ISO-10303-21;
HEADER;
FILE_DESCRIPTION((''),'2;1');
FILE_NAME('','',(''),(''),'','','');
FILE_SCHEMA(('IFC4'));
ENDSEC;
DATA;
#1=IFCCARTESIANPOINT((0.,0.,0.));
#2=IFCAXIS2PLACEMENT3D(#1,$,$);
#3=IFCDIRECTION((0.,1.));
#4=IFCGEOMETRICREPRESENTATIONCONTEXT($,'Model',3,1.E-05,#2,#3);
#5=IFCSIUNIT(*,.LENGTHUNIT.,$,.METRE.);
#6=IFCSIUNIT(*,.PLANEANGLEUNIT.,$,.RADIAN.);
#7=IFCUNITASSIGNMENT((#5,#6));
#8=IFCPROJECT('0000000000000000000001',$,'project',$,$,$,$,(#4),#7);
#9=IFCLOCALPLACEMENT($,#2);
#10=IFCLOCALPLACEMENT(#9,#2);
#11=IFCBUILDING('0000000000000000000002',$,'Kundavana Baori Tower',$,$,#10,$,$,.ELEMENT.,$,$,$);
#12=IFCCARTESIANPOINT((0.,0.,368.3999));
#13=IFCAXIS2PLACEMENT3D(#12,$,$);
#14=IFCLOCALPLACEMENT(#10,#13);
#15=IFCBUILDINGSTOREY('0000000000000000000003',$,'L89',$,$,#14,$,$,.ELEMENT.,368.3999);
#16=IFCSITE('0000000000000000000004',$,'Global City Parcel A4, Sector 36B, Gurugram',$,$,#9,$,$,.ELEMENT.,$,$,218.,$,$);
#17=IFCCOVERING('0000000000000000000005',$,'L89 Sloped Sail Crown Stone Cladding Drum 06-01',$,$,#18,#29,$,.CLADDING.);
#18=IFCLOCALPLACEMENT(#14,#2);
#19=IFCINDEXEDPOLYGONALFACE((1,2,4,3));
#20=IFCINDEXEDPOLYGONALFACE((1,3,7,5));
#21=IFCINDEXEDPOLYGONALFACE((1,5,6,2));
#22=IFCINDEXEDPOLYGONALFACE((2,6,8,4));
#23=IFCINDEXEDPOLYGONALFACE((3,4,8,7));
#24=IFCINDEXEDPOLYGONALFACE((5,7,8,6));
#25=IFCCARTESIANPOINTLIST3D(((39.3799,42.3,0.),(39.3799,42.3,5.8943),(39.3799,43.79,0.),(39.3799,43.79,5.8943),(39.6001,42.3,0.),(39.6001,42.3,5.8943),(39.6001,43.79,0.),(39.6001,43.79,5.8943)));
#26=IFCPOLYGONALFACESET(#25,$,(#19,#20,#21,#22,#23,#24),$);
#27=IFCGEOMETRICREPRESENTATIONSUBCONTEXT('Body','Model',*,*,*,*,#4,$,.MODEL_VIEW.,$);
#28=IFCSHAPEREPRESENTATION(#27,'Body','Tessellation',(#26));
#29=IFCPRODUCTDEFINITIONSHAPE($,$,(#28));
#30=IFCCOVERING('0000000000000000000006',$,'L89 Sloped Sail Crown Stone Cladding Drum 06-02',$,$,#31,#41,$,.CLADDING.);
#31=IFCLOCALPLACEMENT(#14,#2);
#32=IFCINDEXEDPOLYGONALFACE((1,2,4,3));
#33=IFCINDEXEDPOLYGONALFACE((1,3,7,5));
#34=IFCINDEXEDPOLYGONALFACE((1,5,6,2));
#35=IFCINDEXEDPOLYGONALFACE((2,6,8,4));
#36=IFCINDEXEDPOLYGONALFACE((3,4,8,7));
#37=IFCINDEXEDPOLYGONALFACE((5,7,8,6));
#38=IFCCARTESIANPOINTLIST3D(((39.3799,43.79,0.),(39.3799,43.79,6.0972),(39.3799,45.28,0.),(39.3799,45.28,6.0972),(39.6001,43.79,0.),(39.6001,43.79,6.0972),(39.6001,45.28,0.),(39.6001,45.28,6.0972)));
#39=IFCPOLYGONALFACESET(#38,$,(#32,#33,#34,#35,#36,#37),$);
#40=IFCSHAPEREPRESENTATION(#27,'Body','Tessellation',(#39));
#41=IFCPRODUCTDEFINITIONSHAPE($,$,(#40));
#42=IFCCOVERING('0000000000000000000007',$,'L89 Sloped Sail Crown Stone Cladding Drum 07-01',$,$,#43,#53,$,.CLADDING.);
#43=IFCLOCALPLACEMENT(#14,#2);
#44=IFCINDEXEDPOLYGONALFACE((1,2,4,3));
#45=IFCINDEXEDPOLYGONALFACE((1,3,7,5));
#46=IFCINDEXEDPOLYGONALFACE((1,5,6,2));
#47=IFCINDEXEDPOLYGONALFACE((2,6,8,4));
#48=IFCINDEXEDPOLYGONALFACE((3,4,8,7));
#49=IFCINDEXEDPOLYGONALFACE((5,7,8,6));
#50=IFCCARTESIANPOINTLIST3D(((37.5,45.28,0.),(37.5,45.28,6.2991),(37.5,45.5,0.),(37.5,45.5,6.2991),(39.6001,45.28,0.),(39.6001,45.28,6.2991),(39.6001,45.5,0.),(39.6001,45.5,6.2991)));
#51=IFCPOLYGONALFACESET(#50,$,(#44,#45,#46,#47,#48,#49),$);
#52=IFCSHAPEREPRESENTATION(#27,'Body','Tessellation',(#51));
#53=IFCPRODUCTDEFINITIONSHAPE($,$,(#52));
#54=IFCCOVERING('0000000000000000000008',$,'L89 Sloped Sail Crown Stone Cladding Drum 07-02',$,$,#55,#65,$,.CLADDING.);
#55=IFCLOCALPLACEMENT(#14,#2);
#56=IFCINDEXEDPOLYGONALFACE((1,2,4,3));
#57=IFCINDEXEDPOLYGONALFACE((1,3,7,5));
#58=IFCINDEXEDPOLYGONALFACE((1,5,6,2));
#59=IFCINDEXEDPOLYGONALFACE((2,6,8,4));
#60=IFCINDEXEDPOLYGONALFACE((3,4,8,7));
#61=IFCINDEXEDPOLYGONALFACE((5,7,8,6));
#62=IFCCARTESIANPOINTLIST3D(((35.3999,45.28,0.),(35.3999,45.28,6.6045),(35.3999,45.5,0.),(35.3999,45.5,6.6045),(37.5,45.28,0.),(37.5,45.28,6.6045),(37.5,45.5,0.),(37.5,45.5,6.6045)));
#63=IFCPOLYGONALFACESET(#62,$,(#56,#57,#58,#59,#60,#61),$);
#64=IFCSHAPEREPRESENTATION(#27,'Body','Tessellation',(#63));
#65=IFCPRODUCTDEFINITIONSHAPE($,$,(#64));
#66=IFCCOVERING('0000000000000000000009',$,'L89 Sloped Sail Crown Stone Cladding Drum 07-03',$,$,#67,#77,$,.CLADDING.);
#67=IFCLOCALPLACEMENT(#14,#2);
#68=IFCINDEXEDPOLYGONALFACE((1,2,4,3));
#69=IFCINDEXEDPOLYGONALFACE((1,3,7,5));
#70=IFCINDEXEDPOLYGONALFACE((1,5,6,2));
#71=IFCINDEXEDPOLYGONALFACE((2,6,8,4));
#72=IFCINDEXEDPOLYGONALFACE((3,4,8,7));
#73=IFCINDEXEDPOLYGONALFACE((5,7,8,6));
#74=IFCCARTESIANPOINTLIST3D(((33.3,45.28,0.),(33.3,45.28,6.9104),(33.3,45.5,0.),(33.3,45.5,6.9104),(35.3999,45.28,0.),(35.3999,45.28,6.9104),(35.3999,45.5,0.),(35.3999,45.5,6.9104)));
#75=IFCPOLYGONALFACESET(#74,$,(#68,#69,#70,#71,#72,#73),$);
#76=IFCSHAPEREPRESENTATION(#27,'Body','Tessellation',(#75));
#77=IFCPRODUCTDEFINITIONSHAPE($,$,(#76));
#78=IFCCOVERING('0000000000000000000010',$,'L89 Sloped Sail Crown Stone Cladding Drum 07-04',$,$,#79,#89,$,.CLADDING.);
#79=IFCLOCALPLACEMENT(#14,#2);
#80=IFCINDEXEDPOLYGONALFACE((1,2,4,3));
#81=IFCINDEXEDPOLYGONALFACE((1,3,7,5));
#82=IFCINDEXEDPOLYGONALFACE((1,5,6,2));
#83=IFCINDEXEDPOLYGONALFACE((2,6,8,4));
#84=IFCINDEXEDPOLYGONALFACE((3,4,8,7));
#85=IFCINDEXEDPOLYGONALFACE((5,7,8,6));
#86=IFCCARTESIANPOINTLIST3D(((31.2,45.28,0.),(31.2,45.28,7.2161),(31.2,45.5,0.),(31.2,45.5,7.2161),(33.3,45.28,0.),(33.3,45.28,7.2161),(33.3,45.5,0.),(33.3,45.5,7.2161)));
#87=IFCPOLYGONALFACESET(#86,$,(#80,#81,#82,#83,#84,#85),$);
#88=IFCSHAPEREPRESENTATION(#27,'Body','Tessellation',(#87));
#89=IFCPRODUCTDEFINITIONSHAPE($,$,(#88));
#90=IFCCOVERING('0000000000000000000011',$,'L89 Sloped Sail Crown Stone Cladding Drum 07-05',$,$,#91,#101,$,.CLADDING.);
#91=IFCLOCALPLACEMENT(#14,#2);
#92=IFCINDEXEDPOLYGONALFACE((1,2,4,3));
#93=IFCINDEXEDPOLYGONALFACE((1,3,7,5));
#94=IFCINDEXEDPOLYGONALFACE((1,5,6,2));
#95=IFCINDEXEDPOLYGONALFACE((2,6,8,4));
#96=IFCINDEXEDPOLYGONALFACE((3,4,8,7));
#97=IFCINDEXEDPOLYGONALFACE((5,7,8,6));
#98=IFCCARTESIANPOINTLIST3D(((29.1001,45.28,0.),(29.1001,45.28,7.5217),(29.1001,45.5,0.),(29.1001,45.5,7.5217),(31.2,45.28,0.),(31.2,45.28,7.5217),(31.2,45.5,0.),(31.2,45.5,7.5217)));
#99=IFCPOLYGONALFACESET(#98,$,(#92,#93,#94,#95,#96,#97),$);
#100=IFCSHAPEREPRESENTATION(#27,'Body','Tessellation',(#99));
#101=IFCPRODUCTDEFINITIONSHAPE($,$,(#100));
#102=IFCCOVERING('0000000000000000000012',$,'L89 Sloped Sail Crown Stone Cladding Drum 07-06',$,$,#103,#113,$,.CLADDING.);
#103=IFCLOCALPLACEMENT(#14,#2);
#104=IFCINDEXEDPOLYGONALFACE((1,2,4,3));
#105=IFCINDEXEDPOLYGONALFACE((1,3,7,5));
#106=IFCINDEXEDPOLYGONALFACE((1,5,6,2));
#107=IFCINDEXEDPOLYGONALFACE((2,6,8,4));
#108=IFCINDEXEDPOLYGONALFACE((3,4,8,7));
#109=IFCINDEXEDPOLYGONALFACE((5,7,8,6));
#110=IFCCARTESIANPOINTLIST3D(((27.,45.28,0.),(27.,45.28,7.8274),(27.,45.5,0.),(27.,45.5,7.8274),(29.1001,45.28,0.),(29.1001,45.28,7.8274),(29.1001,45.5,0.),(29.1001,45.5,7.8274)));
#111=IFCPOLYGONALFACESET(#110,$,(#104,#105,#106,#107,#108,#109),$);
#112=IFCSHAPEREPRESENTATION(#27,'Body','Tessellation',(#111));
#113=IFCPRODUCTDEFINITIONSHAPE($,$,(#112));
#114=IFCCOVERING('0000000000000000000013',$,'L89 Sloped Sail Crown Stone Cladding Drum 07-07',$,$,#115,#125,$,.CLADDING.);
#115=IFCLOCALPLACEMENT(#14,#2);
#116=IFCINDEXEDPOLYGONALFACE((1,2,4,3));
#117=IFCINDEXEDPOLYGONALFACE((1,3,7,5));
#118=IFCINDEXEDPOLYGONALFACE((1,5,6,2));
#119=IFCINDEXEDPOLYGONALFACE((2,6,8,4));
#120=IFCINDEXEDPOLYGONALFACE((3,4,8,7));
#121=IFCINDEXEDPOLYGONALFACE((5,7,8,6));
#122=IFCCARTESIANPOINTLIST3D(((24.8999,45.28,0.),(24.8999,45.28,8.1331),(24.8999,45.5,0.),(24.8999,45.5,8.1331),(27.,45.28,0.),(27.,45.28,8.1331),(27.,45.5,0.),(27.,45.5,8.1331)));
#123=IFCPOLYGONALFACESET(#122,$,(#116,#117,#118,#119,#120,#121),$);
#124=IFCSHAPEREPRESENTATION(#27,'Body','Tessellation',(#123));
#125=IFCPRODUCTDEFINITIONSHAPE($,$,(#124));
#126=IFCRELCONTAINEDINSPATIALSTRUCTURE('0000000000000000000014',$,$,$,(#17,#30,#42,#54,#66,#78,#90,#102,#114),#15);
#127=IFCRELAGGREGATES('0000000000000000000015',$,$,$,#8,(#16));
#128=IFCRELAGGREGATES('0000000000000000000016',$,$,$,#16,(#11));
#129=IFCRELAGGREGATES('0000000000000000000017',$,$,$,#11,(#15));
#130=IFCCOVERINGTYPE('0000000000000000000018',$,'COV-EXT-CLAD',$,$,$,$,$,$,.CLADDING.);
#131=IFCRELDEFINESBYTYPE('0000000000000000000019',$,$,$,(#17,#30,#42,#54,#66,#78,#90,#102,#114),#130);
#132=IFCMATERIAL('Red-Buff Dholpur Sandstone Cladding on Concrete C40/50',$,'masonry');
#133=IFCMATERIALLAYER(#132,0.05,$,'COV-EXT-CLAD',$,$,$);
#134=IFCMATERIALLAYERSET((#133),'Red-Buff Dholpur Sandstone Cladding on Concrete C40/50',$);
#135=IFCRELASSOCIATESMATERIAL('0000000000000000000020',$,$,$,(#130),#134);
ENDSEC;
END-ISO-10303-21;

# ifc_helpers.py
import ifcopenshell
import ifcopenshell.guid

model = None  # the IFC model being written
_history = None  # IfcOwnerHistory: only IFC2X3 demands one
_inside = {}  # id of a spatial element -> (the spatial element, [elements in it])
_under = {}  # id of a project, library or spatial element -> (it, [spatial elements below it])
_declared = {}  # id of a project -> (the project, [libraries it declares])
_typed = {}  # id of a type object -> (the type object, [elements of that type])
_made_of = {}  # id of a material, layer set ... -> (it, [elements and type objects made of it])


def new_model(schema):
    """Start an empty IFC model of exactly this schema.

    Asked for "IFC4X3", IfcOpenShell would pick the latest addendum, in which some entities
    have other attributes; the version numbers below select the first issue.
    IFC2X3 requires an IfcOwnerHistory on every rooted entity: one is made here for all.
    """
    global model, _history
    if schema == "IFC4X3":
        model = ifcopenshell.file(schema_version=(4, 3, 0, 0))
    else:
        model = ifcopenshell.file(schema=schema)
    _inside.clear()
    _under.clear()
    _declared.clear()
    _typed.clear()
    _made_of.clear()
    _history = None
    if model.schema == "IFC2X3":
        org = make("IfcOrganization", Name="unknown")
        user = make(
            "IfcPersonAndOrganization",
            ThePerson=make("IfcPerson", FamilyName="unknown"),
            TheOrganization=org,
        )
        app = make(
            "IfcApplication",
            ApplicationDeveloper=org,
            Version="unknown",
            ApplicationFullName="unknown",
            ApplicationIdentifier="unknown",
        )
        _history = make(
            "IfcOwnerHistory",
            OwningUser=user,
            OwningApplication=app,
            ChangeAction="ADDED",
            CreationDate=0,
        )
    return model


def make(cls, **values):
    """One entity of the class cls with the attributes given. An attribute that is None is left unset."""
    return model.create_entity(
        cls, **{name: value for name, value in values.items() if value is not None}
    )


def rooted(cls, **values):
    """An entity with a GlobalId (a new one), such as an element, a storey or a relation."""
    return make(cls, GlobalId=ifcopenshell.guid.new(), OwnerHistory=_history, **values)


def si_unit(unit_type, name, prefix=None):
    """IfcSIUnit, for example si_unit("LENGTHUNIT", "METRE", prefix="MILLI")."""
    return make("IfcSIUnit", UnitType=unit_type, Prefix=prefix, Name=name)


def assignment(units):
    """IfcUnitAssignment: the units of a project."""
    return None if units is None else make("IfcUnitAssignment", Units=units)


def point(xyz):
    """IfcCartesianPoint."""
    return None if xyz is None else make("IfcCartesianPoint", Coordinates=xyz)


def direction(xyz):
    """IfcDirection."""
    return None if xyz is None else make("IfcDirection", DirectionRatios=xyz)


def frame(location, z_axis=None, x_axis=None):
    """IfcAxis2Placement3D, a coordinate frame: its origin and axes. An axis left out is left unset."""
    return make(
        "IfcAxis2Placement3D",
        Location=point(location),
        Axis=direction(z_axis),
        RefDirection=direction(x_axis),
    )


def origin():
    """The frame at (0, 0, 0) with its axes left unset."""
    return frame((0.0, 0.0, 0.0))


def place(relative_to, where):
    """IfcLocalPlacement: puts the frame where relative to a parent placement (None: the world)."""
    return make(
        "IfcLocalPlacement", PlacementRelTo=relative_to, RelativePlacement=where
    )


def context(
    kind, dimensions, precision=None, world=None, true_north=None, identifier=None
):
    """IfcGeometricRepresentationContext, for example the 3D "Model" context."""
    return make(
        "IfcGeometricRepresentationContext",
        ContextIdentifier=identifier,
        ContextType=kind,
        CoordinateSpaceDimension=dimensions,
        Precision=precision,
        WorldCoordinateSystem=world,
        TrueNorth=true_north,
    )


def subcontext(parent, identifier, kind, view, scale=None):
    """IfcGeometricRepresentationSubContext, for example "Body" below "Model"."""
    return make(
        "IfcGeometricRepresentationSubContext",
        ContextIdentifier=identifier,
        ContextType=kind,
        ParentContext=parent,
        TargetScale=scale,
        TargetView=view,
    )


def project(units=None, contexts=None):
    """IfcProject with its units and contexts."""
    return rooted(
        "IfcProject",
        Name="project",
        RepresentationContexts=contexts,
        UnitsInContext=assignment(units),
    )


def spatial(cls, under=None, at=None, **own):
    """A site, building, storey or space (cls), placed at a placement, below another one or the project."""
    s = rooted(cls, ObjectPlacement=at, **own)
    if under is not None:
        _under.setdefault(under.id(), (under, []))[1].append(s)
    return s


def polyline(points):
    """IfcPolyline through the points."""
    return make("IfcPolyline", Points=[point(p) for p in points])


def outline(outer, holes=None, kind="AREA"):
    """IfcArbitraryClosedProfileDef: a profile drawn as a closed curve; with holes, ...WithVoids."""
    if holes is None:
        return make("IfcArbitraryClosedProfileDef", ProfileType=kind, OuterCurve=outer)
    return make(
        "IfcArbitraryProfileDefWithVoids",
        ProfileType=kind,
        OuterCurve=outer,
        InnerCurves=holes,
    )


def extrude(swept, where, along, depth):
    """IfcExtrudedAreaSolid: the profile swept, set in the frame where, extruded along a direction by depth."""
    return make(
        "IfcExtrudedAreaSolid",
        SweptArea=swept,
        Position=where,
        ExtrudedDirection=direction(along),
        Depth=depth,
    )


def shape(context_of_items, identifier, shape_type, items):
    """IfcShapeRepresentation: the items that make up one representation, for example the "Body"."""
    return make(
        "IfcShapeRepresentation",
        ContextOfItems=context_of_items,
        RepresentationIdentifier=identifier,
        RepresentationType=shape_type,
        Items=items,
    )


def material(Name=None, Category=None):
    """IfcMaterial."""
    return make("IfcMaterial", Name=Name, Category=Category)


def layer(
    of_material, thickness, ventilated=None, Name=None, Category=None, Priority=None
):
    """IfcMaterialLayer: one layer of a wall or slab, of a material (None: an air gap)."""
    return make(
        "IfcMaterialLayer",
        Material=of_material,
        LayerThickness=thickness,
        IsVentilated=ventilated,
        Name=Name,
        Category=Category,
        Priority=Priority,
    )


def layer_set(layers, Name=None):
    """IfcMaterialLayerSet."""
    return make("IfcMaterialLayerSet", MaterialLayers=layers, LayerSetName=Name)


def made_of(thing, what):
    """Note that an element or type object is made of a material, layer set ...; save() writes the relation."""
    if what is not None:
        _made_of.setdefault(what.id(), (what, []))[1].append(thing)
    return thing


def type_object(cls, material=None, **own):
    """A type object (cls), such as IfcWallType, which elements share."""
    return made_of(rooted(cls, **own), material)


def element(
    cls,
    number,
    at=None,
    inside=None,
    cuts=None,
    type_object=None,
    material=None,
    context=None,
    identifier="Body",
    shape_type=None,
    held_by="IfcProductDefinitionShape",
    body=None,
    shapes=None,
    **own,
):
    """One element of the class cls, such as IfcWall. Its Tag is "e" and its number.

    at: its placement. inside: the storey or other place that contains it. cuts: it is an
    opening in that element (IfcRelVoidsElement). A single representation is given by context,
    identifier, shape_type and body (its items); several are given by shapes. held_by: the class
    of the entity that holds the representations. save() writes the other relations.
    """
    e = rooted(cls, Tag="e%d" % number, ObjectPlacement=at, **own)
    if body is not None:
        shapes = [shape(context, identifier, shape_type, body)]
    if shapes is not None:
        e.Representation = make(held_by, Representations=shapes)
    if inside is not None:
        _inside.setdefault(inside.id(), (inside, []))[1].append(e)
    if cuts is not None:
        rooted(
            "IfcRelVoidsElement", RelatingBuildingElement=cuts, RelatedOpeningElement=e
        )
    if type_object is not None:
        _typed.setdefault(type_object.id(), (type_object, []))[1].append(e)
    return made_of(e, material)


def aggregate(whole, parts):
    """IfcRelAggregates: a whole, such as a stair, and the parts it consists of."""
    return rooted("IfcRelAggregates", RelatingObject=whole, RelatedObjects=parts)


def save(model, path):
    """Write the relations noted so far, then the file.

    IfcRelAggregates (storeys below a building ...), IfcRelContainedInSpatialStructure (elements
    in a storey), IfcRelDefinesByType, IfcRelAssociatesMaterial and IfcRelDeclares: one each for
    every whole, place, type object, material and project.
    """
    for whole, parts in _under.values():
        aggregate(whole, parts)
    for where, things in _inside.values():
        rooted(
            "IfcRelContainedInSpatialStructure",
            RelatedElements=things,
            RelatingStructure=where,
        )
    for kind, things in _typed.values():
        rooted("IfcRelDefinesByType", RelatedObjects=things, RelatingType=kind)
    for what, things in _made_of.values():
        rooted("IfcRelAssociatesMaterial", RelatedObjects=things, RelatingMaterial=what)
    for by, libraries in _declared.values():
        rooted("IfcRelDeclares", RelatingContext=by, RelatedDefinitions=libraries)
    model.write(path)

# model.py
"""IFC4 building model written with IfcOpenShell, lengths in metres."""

from ifc_helpers import new_model, si_unit, direction, frame, origin, place, context, subcontext, project, spatial, polyline, outline, extrude, material, layer, layer_set, type_object, element, save


model = new_model("IFC4")

# Units and contexts
model_context = context("Model", 3, precision=1e-05, world=origin(), true_north=direction((0.0, 1.0)))
body_context = subcontext(model_context, "Body", "Model", "MODEL_VIEW")
ifc_project = project(units=[si_unit("LENGTHUNIT", "METRE"), si_unit("PLANEANGLEUNIT", "RADIAN")], contexts=[model_context])

# Site, building, storey
site_placement = place(None, origin())
site = spatial("IfcSite", under=ifc_project, at=site_placement, Name="Global City Parcel A4, Sector 36B, Gurugram", CompositionType="ELEMENT", RefElevation=218.0)
building_placement = place(site_placement, origin())
building = spatial("IfcBuilding", under=site, at=building_placement, Name="Kundavana Baori Tower", CompositionType="ELEMENT")
storey_placement = place(building_placement, frame((0.0, 0.0, 368.3999)))
storey = spatial("IfcBuildingStorey", under=building, at=storey_placement, Name="L89", CompositionType="ELEMENT", Elevation=368.3999)

# Coverings
ifc_material = material(Name="Red-Buff Dholpur Sandstone Cladding on Concrete C40/50", Category="masonry")
ifc_layer = layer(ifc_material, 0.05, Name="COV-EXT-CLAD")
ifc_layer_set = layer_set([ifc_layer], Name="Red-Buff Dholpur Sandstone Cladding on Concrete C40/50")
covering_type = type_object("IfcCoveringType", Name="COV-EXT-CLAD", PredefinedType="CLADDING", material=ifc_layer_set)
covering_1_placement = place(storey_placement, origin())
element("IfcCovering", 1, at=covering_1_placement, inside=storey, type_object=covering_type, Name="L89 Sloped Sail Crown Stone Cladding Drum 06-01", PredefinedType="CLADDING", context=body_context, shape_type="SweptSolid", body=[
    extrude(outline(polyline([(39.3799, 42.3), (39.6001, 42.3), (39.6001, 43.79), (39.3799, 43.79), (39.3799, 42.3)])), origin(), (0.0, 0.0, 1.0), 5.8943),
])
covering_2_placement = place(storey_placement, origin())
element("IfcCovering", 2, at=covering_2_placement, inside=storey, type_object=covering_type, Name="L89 Sloped Sail Crown Stone Cladding Drum 06-02", PredefinedType="CLADDING", context=body_context, shape_type="SweptSolid", body=[
    extrude(outline(polyline([(39.3799, 43.79), (39.6001, 43.79), (39.6001, 45.28), (39.3799, 45.28), (39.3799, 43.79)])), origin(), (0.0, 0.0, 1.0), 6.0972),
])
covering_3_placement = place(storey_placement, origin())
element("IfcCovering", 3, at=covering_3_placement, inside=storey, type_object=covering_type, Name="L89 Sloped Sail Crown Stone Cladding Drum 07-01", PredefinedType="CLADDING", context=body_context, shape_type="SweptSolid", body=[
    extrude(outline(polyline([(37.5, 45.28), (39.6001, 45.28), (39.6001, 45.5), (37.5, 45.5), (37.5, 45.28)])), origin(), (0.0, 0.0, 1.0), 6.2991),
])
covering_4_placement = place(storey_placement, origin())
element("IfcCovering", 4, at=covering_4_placement, inside=storey, type_object=covering_type, Name="L89 Sloped Sail Crown Stone Cladding Drum 07-02", PredefinedType="CLADDING", context=body_context, shape_type="SweptSolid", body=[
    extrude(outline(polyline([(35.3999, 45.28), (37.5, 45.28), (37.5, 45.5), (35.3999, 45.5), (35.3999, 45.28)])), origin(), (0.0, 0.0, 1.0), 6.6045),
])
covering_5_placement = place(storey_placement, origin())
element("IfcCovering", 5, at=covering_5_placement, inside=storey, type_object=covering_type, Name="L89 Sloped Sail Crown Stone Cladding Drum 07-03", PredefinedType="CLADDING", context=body_context, shape_type="SweptSolid", body=[
    extrude(outline(polyline([(33.3, 45.28), (35.3999, 45.28), (35.3999, 45.5), (33.3, 45.5), (33.3, 45.28)])), origin(), (0.0, 0.0, 1.0), 6.9104),
])
covering_6_placement = place(storey_placement, origin())
element("IfcCovering", 6, at=covering_6_placement, inside=storey, type_object=covering_type, Name="L89 Sloped Sail Crown Stone Cladding Drum 07-04", PredefinedType="CLADDING", context=body_context, shape_type="SweptSolid", body=[
    extrude(outline(polyline([(31.2, 45.28), (33.3, 45.28), (33.3, 45.5), (31.2, 45.5), (31.2, 45.28)])), origin(), (0.0, 0.0, 1.0), 7.2161),
])
covering_7_placement = place(storey_placement, origin())
element("IfcCovering", 7, at=covering_7_placement, inside=storey, type_object=covering_type, Name="L89 Sloped Sail Crown Stone Cladding Drum 07-05", PredefinedType="CLADDING", context=body_context, shape_type="SweptSolid", body=[
    extrude(outline(polyline([(29.1001, 45.28), (31.2, 45.28), (31.2, 45.5), (29.1001, 45.5), (29.1001, 45.28)])), origin(), (0.0, 0.0, 1.0), 7.5217),
])
covering_8_placement = place(storey_placement, origin())
element("IfcCovering", 8, at=covering_8_placement, inside=storey, type_object=covering_type, Name="L89 Sloped Sail Crown Stone Cladding Drum 07-06", PredefinedType="CLADDING", context=body_context, shape_type="SweptSolid", body=[
    extrude(outline(polyline([(27.0, 45.28), (29.1001, 45.28), (29.1001, 45.5), (27.0, 45.5), (27.0, 45.28)])), origin(), (0.0, 0.0, 1.0), 7.8274),
])
covering_9_placement = place(storey_placement, origin())
element("IfcCovering", 9, at=covering_9_placement, inside=storey, type_object=covering_type, Name="L89 Sloped Sail Crown Stone Cladding Drum 07-07", PredefinedType="CLADDING", context=body_context, shape_type="SweptSolid", body=[
    extrude(outline(polyline([(24.8999, 45.28), (27.0, 45.28), (27.0, 45.5), (24.8999, 45.5), (24.8999, 45.28)])), origin(), (0.0, 0.0, 1.0), 8.1331),
])

save(model, "model.ifc")
